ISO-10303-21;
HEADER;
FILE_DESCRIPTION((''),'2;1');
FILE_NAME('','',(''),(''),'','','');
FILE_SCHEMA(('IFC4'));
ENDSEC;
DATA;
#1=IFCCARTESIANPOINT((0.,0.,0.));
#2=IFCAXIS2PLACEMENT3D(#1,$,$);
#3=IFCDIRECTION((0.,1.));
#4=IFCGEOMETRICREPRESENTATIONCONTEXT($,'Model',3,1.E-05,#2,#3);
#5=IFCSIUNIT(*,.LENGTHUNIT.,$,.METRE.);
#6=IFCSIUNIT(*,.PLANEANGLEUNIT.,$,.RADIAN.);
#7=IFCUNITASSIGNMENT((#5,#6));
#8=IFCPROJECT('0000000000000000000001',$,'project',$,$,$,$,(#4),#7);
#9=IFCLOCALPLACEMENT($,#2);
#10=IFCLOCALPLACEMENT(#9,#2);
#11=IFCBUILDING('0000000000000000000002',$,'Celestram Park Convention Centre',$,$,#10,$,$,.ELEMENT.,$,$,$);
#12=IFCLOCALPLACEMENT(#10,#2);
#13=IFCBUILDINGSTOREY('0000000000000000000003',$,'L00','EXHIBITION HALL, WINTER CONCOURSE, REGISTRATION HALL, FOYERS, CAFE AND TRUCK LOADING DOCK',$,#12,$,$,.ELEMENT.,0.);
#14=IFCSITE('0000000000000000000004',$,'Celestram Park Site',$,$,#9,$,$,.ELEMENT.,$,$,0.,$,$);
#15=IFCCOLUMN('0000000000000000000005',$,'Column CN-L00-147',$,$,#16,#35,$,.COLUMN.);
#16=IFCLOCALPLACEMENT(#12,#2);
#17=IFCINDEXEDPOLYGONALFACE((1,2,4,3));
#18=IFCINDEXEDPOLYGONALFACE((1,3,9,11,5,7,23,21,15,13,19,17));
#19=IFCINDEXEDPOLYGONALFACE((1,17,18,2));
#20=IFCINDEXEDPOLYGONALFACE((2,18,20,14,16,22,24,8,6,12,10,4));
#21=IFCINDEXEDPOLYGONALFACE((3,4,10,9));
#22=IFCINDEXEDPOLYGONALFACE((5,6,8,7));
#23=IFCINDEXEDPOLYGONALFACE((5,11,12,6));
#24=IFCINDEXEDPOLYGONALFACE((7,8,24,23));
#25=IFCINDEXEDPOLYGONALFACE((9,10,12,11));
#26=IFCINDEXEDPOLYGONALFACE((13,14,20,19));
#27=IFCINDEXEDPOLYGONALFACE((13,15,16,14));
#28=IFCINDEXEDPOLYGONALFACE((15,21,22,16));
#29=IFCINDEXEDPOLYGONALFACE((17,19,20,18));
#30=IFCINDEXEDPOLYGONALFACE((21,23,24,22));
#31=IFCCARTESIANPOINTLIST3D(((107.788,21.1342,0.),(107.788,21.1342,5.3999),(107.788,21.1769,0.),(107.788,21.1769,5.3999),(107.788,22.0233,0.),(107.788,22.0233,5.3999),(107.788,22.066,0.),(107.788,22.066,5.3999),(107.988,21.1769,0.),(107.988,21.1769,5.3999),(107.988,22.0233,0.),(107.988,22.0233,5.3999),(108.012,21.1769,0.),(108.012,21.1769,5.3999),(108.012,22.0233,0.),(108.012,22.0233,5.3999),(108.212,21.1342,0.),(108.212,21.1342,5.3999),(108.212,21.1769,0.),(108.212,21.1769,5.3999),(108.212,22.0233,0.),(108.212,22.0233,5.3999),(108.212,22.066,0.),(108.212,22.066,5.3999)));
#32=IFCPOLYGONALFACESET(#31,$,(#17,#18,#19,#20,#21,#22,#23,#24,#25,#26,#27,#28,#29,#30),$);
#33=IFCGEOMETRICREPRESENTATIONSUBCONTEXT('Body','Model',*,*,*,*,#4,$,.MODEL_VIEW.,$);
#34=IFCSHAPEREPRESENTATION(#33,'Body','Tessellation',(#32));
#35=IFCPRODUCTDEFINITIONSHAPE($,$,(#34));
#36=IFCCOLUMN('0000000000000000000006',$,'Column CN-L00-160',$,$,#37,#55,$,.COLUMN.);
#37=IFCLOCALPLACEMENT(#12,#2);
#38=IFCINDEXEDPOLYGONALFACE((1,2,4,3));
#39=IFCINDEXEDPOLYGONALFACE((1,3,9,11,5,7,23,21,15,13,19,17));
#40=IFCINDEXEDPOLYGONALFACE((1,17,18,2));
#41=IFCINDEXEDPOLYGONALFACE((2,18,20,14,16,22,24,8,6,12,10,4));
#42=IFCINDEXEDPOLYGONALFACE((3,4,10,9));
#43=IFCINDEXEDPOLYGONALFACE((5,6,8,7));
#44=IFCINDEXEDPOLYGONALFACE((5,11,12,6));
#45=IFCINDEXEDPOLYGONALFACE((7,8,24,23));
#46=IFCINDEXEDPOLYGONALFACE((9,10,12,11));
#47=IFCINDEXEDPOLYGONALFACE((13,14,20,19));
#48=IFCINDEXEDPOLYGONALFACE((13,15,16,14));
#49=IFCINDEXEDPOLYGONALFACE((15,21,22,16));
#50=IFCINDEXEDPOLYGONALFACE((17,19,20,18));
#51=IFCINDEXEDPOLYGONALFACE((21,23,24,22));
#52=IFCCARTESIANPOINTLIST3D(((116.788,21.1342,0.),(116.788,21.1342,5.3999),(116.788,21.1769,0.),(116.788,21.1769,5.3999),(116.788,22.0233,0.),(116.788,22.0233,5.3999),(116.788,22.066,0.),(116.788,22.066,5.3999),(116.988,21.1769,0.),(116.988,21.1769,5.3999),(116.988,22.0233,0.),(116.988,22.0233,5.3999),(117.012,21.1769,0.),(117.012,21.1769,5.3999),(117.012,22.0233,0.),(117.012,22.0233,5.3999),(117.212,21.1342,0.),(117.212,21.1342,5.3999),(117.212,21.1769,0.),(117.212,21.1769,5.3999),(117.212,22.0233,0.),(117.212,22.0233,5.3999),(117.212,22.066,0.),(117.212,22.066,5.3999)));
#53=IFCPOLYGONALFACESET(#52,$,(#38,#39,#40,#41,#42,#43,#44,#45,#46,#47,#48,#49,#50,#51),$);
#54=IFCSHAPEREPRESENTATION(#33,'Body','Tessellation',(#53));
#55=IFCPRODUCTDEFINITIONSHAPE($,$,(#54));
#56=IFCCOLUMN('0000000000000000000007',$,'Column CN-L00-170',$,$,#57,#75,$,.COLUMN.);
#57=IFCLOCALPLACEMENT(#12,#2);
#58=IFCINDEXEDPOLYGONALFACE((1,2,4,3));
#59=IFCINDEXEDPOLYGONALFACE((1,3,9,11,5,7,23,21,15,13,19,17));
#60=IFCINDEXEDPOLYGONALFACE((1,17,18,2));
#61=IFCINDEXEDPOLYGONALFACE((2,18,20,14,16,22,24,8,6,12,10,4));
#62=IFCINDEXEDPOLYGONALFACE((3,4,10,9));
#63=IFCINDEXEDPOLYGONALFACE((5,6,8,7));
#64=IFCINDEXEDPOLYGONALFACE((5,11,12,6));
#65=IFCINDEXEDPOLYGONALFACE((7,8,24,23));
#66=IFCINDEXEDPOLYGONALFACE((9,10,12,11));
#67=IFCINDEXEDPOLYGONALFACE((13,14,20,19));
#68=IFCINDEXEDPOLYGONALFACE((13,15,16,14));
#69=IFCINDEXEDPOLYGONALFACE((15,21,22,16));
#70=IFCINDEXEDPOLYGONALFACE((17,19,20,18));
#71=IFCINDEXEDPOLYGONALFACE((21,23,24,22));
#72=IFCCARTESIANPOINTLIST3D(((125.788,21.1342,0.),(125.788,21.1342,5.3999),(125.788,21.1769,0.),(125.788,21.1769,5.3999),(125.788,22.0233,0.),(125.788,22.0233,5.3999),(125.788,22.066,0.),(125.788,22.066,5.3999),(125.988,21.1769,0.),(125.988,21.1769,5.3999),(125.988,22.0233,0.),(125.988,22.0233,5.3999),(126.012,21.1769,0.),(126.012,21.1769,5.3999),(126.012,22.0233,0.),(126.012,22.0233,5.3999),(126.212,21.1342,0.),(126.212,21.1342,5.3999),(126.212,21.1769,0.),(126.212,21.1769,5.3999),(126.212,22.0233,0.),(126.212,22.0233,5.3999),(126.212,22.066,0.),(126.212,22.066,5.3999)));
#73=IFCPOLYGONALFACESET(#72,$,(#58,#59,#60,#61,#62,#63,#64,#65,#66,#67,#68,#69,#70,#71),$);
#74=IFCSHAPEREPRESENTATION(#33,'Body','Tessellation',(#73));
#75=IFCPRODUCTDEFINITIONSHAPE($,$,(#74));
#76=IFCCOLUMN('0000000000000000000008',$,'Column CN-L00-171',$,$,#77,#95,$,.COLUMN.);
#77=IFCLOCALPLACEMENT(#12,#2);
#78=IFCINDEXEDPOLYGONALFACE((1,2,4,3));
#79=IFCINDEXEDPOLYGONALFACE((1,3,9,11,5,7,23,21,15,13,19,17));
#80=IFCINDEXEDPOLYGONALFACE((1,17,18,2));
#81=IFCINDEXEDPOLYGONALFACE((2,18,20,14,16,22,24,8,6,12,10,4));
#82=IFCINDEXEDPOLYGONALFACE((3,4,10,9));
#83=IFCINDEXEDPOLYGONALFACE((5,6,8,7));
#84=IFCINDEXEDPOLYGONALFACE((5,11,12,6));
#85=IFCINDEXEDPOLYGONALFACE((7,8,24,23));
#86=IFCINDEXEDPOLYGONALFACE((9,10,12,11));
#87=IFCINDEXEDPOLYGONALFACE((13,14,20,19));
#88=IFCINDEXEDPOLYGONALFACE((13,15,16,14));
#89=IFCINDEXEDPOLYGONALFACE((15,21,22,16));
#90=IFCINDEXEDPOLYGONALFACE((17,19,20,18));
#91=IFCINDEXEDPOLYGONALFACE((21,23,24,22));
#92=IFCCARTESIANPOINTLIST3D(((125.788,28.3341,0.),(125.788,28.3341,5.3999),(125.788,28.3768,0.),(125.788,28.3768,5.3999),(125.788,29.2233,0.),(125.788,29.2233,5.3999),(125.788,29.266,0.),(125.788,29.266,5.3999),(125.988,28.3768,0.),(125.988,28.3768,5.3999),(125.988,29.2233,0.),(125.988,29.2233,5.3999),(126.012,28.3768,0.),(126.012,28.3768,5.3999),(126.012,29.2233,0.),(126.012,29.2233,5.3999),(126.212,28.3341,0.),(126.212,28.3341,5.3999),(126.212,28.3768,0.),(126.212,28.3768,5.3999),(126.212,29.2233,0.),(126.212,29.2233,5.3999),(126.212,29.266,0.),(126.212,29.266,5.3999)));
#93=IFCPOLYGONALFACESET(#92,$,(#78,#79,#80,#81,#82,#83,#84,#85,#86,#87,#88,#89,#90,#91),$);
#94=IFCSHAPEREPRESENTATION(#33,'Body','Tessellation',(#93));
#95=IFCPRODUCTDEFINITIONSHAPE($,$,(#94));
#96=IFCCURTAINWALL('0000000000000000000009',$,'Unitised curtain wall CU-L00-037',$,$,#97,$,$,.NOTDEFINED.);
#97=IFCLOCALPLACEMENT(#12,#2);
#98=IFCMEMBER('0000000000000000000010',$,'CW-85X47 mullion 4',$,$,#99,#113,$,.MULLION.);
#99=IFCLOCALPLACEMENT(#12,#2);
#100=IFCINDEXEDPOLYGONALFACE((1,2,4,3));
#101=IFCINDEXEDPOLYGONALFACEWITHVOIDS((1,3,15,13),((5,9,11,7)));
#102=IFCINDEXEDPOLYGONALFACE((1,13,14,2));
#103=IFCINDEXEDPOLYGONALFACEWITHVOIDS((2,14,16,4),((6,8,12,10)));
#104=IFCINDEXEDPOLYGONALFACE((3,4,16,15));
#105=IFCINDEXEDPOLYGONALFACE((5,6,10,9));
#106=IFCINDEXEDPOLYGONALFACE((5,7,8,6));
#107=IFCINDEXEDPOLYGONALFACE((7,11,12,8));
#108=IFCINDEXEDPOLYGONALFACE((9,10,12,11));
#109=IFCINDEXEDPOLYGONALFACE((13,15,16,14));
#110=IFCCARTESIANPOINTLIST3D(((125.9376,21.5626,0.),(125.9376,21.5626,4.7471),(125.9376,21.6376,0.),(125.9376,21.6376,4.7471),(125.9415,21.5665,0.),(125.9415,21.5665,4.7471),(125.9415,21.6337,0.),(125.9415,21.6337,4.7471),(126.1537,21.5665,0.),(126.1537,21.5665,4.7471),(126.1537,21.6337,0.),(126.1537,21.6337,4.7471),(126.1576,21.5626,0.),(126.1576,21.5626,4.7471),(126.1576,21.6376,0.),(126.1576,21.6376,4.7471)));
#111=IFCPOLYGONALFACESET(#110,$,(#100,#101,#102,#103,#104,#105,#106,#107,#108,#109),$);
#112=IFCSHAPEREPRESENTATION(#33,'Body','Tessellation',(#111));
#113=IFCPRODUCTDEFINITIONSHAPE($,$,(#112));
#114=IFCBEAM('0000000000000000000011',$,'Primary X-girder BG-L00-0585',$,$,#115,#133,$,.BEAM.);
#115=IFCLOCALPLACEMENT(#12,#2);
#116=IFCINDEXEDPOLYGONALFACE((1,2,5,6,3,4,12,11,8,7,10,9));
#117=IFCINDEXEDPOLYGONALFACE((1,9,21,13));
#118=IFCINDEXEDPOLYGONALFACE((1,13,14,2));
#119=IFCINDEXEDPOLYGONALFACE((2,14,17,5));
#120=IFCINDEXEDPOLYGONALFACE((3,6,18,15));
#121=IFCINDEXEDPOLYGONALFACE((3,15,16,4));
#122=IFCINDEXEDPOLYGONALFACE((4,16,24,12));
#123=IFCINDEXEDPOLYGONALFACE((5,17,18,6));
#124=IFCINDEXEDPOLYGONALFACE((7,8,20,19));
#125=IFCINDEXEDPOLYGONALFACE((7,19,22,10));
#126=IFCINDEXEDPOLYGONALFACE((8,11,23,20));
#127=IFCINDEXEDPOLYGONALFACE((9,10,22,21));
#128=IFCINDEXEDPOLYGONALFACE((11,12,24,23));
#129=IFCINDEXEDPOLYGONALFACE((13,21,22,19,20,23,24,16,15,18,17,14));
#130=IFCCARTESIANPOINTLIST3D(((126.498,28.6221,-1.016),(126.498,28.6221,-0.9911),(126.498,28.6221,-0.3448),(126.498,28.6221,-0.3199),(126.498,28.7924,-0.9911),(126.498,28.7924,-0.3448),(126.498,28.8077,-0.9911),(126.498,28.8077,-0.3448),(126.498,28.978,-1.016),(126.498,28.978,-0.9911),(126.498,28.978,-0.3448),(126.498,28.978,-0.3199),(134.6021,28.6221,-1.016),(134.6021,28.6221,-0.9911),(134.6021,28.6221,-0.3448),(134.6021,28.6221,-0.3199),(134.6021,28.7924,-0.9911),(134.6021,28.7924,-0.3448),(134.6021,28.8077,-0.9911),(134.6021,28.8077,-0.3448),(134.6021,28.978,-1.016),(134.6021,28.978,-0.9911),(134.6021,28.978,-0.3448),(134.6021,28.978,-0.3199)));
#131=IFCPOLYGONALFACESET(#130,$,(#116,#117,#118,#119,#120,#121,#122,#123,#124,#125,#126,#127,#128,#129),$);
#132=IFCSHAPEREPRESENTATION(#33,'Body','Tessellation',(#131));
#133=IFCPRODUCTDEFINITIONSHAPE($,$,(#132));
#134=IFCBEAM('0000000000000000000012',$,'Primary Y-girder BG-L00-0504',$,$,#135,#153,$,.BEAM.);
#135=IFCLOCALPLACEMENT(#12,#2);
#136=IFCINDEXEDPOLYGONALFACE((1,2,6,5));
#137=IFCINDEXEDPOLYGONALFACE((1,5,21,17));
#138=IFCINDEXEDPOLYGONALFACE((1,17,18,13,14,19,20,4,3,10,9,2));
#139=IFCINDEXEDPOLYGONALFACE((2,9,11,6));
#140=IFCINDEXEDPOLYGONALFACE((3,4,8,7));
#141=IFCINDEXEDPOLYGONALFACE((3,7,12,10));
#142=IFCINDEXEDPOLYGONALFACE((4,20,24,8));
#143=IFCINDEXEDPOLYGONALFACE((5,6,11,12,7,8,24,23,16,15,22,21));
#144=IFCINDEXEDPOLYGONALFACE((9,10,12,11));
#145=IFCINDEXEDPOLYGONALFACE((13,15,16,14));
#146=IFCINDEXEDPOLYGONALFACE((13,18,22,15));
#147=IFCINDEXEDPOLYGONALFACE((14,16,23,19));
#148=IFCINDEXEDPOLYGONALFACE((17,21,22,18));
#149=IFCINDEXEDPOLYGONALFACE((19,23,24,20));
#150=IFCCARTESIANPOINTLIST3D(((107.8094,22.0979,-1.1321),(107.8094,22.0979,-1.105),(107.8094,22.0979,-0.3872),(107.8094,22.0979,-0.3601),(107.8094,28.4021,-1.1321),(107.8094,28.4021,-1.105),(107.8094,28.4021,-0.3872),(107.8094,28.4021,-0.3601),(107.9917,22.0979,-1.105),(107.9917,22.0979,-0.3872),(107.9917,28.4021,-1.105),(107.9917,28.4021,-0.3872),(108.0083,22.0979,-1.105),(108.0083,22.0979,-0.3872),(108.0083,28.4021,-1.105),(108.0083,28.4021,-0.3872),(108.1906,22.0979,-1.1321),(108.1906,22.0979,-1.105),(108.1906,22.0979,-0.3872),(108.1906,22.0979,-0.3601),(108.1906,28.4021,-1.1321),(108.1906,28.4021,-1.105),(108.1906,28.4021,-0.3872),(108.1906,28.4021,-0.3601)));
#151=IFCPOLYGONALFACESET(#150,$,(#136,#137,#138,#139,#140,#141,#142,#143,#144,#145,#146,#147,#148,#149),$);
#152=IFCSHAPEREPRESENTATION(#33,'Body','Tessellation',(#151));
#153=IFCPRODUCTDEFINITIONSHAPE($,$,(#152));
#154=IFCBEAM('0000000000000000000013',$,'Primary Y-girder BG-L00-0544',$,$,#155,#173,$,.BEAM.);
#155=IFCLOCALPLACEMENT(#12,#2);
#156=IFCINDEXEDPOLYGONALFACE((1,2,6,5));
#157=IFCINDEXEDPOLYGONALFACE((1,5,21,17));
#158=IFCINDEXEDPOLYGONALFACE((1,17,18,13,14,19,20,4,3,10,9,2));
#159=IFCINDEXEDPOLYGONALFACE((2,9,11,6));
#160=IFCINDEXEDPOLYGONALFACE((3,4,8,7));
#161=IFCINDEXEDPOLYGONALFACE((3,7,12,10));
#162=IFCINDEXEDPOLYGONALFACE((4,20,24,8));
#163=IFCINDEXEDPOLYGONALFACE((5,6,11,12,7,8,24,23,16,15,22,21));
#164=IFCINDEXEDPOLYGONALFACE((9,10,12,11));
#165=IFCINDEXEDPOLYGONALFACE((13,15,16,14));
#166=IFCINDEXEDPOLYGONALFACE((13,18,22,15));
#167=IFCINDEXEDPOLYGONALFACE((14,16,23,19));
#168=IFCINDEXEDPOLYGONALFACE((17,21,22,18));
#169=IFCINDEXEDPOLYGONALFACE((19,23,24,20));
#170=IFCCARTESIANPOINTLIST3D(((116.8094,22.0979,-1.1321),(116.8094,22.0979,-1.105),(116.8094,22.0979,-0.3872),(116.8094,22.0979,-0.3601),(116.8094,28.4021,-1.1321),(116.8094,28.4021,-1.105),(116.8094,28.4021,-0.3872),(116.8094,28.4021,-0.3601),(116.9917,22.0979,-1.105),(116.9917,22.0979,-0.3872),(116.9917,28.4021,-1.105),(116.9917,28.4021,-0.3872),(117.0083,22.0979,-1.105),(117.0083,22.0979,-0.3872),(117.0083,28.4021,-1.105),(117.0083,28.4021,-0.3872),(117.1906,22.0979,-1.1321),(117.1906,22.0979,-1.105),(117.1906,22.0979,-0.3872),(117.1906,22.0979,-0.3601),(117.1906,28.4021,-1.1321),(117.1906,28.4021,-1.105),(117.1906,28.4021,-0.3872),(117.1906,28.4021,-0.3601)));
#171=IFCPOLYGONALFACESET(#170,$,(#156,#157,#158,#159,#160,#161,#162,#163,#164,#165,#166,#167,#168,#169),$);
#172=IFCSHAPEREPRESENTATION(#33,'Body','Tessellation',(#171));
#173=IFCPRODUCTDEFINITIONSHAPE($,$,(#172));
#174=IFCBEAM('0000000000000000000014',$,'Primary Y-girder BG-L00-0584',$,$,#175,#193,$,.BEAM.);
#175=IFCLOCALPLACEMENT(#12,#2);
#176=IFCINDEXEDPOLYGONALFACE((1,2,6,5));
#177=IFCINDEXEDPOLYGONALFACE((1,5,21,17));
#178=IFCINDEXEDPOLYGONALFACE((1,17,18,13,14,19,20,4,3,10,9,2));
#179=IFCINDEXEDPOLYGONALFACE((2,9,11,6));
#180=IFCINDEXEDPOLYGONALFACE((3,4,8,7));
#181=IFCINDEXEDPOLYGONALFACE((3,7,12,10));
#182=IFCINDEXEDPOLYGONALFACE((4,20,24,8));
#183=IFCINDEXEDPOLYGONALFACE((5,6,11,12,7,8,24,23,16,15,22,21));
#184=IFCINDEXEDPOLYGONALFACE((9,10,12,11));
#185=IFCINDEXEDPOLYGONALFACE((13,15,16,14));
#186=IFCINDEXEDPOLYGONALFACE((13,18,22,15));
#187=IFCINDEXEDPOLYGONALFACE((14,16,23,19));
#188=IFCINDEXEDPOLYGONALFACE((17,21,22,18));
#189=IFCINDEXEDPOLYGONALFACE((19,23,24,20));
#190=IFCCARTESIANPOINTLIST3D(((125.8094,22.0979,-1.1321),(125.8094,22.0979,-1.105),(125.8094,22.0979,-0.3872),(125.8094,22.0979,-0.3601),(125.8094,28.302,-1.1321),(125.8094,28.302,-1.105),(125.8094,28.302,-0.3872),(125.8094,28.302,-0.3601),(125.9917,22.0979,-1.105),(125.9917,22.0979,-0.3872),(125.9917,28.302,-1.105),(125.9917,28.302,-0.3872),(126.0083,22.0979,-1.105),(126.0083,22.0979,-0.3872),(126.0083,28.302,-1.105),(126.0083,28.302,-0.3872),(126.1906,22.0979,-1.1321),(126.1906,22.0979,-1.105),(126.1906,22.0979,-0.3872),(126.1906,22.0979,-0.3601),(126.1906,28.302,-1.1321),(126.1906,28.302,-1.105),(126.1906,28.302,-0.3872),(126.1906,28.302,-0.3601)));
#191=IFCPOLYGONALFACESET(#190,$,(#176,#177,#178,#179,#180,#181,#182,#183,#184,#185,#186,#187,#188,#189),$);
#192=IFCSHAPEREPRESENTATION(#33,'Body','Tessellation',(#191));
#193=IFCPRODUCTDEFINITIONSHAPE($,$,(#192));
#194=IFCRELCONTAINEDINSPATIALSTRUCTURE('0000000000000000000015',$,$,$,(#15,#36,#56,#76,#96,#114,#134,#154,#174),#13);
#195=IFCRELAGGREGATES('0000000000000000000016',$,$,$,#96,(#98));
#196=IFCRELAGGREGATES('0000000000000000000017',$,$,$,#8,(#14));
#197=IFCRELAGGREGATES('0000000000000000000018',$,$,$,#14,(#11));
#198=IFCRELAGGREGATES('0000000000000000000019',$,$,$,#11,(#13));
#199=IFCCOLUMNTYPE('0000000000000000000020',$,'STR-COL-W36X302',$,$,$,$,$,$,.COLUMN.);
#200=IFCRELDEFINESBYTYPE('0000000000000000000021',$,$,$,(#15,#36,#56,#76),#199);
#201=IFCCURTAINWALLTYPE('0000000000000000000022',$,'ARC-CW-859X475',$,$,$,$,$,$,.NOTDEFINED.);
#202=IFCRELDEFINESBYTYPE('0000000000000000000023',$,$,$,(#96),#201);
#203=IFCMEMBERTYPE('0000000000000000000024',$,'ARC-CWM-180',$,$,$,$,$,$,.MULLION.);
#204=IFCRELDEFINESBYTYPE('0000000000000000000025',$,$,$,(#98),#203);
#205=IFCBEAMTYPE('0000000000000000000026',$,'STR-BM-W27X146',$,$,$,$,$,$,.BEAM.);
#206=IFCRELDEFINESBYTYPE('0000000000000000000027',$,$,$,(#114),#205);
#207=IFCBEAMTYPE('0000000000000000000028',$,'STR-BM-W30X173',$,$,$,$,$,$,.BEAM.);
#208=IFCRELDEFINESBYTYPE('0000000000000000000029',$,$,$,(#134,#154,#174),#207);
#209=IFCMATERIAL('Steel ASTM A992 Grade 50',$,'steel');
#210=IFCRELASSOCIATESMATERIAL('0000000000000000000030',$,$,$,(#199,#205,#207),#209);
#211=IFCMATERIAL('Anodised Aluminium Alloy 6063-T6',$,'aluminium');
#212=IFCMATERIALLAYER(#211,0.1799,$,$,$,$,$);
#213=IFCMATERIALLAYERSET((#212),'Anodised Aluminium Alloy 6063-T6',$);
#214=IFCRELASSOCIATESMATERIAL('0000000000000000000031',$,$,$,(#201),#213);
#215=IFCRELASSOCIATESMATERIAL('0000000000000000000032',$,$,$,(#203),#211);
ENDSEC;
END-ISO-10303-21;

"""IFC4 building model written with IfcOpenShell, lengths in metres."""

from ifc_helpers import new_model, si_unit, direction, frame, origin, origin_2d, place, context, subcontext, project, spatial, hollow_rectangle, i_section, extrude, material, layer, layer_set, material_profile, profile_set, type_object, element, aggregate, save


model = new_model("IFC4")

# Units and contexts
model_context = context("Model", 3, precision=1e-05, world=origin(), true_north=direction((0.0, 1.0)))
body_context = subcontext(model_context, "Body", "Model", "MODEL_VIEW")
ifc_project = project(units=[si_unit("LENGTHUNIT", "METRE"), si_unit("PLANEANGLEUNIT", "RADIAN")], contexts=[model_context])

# Site, building, storey
site_placement = place(None, origin())
site = spatial("IfcSite", under=ifc_project, at=site_placement, Name="Celestram Park Site", CompositionType="ELEMENT", RefElevation=0.0)
building_placement = place(site_placement, origin())
building = spatial("IfcBuilding", under=site, at=building_placement, Name="Celestram Park Convention Centre", CompositionType="ELEMENT")
storey_placement = place(building_placement, origin())
storey = spatial("IfcBuildingStorey", under=building, at=storey_placement, Name="L00", Description="EXHIBITION HALL, WINTER CONCOURSE, REGISTRATION HALL, FOYERS, CAFE AND TRUCK LOADING DOCK", CompositionType="ELEMENT", Elevation=0.0)

# Columns
ifc_material_1 = material(Name="Steel ASTM A992 Grade 50", Category="steel")
ifc_material_profile_1 = material_profile(ifc_material_1, i_section(OverallWidth=0.4241, OverallDepth=0.9319, WebThickness=0.0239, FlangeThickness=0.0427, at=origin_2d()), Name="W36X302")
ifc_profile_set_1 = profile_set([ifc_material_profile_1], Name="Steel ASTM A992 Grade 50")
column_type = type_object("IfcColumnType", Name="STR-COL-W36X302", PredefinedType="COLUMN", material=ifc_profile_set_1)
for number, where, z_axis, x_axis, name in (
    (1, (108.0, 21.6001, 0.0), (0.0, 0.0, 1.0), (1.0, 0.0, 0.0), "Column CN-L00-147"),
    (2, (117.0, 21.6001, 0.0), (0.0, 0.0, 1.0), (1.0, 0.0, 0.0), "Column CN-L00-160"),
    (3, (126.0, 21.6001, 0.0), (0.0, 0.0, 1.0), (1.0, 0.0, 0.0), "Column CN-L00-170"),
    (4, (126.0, 28.8, 0.0), (0.0, 0.0, 1.0), (1.0, 0.0, 0.0), "Column CN-L00-171"),
):
    element("IfcColumn", number, at=place(storey_placement, frame(where, z_axis=z_axis, x_axis=x_axis)), inside=storey, type_object=column_type, Name=name, PredefinedType="COLUMN", context=body_context, shape_type="SweptSolid", body=[
        extrude(i_section(OverallWidth=0.4241, OverallDepth=0.9319, WebThickness=0.0239, FlangeThickness=0.0427, at=origin_2d()), origin(), (0.0, 0.0, 1.0), 5.3999),
    ])

# Curtain wall, member
ifc_material_2 = material(Name="Anodised Aluminium Alloy 6063-T6", Category="aluminium")
ifc_layer_1 = layer(ifc_material_2, 0.1799)
ifc_layer_set_1 = layer_set([ifc_layer_1], Name="Anodised Aluminium Alloy 6063-T6")
curtain_wall_type = type_object("IfcCurtainWallType", Name="ARC-CW-859X475", PredefinedType="NOTDEFINED", material=ifc_layer_set_1)
curtain_wall_placement = place(storey_placement, origin())
curtain_wall = element("IfcCurtainWall", 5, at=curtain_wall_placement, inside=storey, type_object=curtain_wall_type, Name="Unitised curtain wall CU-L00-037", PredefinedType="NOTDEFINED")
ifc_material_profile_2 = material_profile(ifc_material_2, hollow_rectangle(XDim=0.075, YDim=0.22, WallThickness=0.0039, at=origin_2d()), Name="ALU75X220X4")
ifc_profile_set_2 = profile_set([ifc_material_profile_2], Name="Anodised Aluminium Alloy 6063-T6")
member_type = type_object("IfcMemberType", Name="ARC-CWM-180", PredefinedType="MULLION", material=ifc_profile_set_2)
member_placement = place(storey_placement, frame((126.0476, 21.6001, 0.0), z_axis=(0.0, 0.0, 1.0), x_axis=(0.0, -1.0, 0.0)))
member = element("IfcMember", 6, at=member_placement, type_object=member_type, Name="CW-85X47 mullion 4", PredefinedType="MULLION", context=body_context, shape_type="SweptSolid", body=[
    extrude(hollow_rectangle(XDim=0.075, YDim=0.22, WallThickness=0.0039, at=origin_2d()), origin(), (0.0, 0.0, 1.0), 4.7471),
])

# Beams
ifc_material_profile_3 = material_profile(ifc_material_1, i_section(OverallWidth=0.356, OverallDepth=0.696, WebThickness=0.0154, FlangeThickness=0.0249, at=origin_2d()), Name="W27X146")
ifc_profile_set_3 = profile_set([ifc_material_profile_3], Name="Steel ASTM A992 Grade 50")
beam_type_1 = type_object("IfcBeamType", Name="STR-BM-W27X146", PredefinedType="BEAM", material=ifc_profile_set_3)
beam_1_placement = place(storey_placement, frame((126.498, 28.8, -0.668), z_axis=(1.0, 0.0, 0.0), x_axis=(0.0, 1.0, 0.0)))
element("IfcBeam", 7, at=beam_1_placement, inside=storey, type_object=beam_type_1, Name="Primary X-girder BG-L00-0585", PredefinedType="BEAM", context=body_context, shape_type="SweptSolid", body=[
    extrude(i_section(OverallWidth=0.356, OverallDepth=0.696, WebThickness=0.0154, FlangeThickness=0.0249, at=origin_2d()), origin(), (0.0, 0.0, 1.0), 8.104),
])
ifc_material_profile_4 = material_profile(ifc_material_1, i_section(OverallWidth=0.3811, OverallDepth=0.772, WebThickness=0.0166, FlangeThickness=0.0271, at=origin_2d()), Name="W30X173")
ifc_profile_set_4 = profile_set([ifc_material_profile_4], Name="Steel ASTM A992 Grade 50")
beam_type_2 = type_object("IfcBeamType", Name="STR-BM-W30X173", PredefinedType="BEAM", material=ifc_profile_set_4)
for number, where, z_axis, x_axis, name in (
    (8, (108.0, 22.0979, -0.7461), (0.0, 1.0, 0.0), (-1.0, 0.0, 0.0), "Primary Y-girder BG-L00-0504"),
    (9, (117.0, 22.0979, -0.7461), (0.0, 1.0, 0.0), (-1.0, 0.0, 0.0), "Primary Y-girder BG-L00-0544"),
):
    element("IfcBeam", number, at=place(storey_placement, frame(where, z_axis=z_axis, x_axis=x_axis)), inside=storey, type_object=beam_type_2, Name=name, PredefinedType="BEAM", context=body_context, shape_type="SweptSolid", body=[
        extrude(i_section(OverallWidth=0.3811, OverallDepth=0.772, WebThickness=0.0166, FlangeThickness=0.0271, at=origin_2d()), origin(), (0.0, 0.0, 1.0), 6.3042),
    ])
beam_2_placement = place(storey_placement, frame((126.0, 22.0979, -0.7461), z_axis=(0.0, 1.0, 0.0), x_axis=(-1.0, 0.0, 0.0)))
element("IfcBeam", 10, at=beam_2_placement, inside=storey, type_object=beam_type_2, Name="Primary Y-girder BG-L00-0584", PredefinedType="BEAM", context=body_context, shape_type="SweptSolid", body=[
    extrude(i_section(OverallWidth=0.3811, OverallDepth=0.772, WebThickness=0.0166, FlangeThickness=0.0271, at=origin_2d()), origin(), (0.0, 0.0, 1.0), 6.2041),
])

aggregate(curtain_wall, [member])

save(model, "model.ifc")
